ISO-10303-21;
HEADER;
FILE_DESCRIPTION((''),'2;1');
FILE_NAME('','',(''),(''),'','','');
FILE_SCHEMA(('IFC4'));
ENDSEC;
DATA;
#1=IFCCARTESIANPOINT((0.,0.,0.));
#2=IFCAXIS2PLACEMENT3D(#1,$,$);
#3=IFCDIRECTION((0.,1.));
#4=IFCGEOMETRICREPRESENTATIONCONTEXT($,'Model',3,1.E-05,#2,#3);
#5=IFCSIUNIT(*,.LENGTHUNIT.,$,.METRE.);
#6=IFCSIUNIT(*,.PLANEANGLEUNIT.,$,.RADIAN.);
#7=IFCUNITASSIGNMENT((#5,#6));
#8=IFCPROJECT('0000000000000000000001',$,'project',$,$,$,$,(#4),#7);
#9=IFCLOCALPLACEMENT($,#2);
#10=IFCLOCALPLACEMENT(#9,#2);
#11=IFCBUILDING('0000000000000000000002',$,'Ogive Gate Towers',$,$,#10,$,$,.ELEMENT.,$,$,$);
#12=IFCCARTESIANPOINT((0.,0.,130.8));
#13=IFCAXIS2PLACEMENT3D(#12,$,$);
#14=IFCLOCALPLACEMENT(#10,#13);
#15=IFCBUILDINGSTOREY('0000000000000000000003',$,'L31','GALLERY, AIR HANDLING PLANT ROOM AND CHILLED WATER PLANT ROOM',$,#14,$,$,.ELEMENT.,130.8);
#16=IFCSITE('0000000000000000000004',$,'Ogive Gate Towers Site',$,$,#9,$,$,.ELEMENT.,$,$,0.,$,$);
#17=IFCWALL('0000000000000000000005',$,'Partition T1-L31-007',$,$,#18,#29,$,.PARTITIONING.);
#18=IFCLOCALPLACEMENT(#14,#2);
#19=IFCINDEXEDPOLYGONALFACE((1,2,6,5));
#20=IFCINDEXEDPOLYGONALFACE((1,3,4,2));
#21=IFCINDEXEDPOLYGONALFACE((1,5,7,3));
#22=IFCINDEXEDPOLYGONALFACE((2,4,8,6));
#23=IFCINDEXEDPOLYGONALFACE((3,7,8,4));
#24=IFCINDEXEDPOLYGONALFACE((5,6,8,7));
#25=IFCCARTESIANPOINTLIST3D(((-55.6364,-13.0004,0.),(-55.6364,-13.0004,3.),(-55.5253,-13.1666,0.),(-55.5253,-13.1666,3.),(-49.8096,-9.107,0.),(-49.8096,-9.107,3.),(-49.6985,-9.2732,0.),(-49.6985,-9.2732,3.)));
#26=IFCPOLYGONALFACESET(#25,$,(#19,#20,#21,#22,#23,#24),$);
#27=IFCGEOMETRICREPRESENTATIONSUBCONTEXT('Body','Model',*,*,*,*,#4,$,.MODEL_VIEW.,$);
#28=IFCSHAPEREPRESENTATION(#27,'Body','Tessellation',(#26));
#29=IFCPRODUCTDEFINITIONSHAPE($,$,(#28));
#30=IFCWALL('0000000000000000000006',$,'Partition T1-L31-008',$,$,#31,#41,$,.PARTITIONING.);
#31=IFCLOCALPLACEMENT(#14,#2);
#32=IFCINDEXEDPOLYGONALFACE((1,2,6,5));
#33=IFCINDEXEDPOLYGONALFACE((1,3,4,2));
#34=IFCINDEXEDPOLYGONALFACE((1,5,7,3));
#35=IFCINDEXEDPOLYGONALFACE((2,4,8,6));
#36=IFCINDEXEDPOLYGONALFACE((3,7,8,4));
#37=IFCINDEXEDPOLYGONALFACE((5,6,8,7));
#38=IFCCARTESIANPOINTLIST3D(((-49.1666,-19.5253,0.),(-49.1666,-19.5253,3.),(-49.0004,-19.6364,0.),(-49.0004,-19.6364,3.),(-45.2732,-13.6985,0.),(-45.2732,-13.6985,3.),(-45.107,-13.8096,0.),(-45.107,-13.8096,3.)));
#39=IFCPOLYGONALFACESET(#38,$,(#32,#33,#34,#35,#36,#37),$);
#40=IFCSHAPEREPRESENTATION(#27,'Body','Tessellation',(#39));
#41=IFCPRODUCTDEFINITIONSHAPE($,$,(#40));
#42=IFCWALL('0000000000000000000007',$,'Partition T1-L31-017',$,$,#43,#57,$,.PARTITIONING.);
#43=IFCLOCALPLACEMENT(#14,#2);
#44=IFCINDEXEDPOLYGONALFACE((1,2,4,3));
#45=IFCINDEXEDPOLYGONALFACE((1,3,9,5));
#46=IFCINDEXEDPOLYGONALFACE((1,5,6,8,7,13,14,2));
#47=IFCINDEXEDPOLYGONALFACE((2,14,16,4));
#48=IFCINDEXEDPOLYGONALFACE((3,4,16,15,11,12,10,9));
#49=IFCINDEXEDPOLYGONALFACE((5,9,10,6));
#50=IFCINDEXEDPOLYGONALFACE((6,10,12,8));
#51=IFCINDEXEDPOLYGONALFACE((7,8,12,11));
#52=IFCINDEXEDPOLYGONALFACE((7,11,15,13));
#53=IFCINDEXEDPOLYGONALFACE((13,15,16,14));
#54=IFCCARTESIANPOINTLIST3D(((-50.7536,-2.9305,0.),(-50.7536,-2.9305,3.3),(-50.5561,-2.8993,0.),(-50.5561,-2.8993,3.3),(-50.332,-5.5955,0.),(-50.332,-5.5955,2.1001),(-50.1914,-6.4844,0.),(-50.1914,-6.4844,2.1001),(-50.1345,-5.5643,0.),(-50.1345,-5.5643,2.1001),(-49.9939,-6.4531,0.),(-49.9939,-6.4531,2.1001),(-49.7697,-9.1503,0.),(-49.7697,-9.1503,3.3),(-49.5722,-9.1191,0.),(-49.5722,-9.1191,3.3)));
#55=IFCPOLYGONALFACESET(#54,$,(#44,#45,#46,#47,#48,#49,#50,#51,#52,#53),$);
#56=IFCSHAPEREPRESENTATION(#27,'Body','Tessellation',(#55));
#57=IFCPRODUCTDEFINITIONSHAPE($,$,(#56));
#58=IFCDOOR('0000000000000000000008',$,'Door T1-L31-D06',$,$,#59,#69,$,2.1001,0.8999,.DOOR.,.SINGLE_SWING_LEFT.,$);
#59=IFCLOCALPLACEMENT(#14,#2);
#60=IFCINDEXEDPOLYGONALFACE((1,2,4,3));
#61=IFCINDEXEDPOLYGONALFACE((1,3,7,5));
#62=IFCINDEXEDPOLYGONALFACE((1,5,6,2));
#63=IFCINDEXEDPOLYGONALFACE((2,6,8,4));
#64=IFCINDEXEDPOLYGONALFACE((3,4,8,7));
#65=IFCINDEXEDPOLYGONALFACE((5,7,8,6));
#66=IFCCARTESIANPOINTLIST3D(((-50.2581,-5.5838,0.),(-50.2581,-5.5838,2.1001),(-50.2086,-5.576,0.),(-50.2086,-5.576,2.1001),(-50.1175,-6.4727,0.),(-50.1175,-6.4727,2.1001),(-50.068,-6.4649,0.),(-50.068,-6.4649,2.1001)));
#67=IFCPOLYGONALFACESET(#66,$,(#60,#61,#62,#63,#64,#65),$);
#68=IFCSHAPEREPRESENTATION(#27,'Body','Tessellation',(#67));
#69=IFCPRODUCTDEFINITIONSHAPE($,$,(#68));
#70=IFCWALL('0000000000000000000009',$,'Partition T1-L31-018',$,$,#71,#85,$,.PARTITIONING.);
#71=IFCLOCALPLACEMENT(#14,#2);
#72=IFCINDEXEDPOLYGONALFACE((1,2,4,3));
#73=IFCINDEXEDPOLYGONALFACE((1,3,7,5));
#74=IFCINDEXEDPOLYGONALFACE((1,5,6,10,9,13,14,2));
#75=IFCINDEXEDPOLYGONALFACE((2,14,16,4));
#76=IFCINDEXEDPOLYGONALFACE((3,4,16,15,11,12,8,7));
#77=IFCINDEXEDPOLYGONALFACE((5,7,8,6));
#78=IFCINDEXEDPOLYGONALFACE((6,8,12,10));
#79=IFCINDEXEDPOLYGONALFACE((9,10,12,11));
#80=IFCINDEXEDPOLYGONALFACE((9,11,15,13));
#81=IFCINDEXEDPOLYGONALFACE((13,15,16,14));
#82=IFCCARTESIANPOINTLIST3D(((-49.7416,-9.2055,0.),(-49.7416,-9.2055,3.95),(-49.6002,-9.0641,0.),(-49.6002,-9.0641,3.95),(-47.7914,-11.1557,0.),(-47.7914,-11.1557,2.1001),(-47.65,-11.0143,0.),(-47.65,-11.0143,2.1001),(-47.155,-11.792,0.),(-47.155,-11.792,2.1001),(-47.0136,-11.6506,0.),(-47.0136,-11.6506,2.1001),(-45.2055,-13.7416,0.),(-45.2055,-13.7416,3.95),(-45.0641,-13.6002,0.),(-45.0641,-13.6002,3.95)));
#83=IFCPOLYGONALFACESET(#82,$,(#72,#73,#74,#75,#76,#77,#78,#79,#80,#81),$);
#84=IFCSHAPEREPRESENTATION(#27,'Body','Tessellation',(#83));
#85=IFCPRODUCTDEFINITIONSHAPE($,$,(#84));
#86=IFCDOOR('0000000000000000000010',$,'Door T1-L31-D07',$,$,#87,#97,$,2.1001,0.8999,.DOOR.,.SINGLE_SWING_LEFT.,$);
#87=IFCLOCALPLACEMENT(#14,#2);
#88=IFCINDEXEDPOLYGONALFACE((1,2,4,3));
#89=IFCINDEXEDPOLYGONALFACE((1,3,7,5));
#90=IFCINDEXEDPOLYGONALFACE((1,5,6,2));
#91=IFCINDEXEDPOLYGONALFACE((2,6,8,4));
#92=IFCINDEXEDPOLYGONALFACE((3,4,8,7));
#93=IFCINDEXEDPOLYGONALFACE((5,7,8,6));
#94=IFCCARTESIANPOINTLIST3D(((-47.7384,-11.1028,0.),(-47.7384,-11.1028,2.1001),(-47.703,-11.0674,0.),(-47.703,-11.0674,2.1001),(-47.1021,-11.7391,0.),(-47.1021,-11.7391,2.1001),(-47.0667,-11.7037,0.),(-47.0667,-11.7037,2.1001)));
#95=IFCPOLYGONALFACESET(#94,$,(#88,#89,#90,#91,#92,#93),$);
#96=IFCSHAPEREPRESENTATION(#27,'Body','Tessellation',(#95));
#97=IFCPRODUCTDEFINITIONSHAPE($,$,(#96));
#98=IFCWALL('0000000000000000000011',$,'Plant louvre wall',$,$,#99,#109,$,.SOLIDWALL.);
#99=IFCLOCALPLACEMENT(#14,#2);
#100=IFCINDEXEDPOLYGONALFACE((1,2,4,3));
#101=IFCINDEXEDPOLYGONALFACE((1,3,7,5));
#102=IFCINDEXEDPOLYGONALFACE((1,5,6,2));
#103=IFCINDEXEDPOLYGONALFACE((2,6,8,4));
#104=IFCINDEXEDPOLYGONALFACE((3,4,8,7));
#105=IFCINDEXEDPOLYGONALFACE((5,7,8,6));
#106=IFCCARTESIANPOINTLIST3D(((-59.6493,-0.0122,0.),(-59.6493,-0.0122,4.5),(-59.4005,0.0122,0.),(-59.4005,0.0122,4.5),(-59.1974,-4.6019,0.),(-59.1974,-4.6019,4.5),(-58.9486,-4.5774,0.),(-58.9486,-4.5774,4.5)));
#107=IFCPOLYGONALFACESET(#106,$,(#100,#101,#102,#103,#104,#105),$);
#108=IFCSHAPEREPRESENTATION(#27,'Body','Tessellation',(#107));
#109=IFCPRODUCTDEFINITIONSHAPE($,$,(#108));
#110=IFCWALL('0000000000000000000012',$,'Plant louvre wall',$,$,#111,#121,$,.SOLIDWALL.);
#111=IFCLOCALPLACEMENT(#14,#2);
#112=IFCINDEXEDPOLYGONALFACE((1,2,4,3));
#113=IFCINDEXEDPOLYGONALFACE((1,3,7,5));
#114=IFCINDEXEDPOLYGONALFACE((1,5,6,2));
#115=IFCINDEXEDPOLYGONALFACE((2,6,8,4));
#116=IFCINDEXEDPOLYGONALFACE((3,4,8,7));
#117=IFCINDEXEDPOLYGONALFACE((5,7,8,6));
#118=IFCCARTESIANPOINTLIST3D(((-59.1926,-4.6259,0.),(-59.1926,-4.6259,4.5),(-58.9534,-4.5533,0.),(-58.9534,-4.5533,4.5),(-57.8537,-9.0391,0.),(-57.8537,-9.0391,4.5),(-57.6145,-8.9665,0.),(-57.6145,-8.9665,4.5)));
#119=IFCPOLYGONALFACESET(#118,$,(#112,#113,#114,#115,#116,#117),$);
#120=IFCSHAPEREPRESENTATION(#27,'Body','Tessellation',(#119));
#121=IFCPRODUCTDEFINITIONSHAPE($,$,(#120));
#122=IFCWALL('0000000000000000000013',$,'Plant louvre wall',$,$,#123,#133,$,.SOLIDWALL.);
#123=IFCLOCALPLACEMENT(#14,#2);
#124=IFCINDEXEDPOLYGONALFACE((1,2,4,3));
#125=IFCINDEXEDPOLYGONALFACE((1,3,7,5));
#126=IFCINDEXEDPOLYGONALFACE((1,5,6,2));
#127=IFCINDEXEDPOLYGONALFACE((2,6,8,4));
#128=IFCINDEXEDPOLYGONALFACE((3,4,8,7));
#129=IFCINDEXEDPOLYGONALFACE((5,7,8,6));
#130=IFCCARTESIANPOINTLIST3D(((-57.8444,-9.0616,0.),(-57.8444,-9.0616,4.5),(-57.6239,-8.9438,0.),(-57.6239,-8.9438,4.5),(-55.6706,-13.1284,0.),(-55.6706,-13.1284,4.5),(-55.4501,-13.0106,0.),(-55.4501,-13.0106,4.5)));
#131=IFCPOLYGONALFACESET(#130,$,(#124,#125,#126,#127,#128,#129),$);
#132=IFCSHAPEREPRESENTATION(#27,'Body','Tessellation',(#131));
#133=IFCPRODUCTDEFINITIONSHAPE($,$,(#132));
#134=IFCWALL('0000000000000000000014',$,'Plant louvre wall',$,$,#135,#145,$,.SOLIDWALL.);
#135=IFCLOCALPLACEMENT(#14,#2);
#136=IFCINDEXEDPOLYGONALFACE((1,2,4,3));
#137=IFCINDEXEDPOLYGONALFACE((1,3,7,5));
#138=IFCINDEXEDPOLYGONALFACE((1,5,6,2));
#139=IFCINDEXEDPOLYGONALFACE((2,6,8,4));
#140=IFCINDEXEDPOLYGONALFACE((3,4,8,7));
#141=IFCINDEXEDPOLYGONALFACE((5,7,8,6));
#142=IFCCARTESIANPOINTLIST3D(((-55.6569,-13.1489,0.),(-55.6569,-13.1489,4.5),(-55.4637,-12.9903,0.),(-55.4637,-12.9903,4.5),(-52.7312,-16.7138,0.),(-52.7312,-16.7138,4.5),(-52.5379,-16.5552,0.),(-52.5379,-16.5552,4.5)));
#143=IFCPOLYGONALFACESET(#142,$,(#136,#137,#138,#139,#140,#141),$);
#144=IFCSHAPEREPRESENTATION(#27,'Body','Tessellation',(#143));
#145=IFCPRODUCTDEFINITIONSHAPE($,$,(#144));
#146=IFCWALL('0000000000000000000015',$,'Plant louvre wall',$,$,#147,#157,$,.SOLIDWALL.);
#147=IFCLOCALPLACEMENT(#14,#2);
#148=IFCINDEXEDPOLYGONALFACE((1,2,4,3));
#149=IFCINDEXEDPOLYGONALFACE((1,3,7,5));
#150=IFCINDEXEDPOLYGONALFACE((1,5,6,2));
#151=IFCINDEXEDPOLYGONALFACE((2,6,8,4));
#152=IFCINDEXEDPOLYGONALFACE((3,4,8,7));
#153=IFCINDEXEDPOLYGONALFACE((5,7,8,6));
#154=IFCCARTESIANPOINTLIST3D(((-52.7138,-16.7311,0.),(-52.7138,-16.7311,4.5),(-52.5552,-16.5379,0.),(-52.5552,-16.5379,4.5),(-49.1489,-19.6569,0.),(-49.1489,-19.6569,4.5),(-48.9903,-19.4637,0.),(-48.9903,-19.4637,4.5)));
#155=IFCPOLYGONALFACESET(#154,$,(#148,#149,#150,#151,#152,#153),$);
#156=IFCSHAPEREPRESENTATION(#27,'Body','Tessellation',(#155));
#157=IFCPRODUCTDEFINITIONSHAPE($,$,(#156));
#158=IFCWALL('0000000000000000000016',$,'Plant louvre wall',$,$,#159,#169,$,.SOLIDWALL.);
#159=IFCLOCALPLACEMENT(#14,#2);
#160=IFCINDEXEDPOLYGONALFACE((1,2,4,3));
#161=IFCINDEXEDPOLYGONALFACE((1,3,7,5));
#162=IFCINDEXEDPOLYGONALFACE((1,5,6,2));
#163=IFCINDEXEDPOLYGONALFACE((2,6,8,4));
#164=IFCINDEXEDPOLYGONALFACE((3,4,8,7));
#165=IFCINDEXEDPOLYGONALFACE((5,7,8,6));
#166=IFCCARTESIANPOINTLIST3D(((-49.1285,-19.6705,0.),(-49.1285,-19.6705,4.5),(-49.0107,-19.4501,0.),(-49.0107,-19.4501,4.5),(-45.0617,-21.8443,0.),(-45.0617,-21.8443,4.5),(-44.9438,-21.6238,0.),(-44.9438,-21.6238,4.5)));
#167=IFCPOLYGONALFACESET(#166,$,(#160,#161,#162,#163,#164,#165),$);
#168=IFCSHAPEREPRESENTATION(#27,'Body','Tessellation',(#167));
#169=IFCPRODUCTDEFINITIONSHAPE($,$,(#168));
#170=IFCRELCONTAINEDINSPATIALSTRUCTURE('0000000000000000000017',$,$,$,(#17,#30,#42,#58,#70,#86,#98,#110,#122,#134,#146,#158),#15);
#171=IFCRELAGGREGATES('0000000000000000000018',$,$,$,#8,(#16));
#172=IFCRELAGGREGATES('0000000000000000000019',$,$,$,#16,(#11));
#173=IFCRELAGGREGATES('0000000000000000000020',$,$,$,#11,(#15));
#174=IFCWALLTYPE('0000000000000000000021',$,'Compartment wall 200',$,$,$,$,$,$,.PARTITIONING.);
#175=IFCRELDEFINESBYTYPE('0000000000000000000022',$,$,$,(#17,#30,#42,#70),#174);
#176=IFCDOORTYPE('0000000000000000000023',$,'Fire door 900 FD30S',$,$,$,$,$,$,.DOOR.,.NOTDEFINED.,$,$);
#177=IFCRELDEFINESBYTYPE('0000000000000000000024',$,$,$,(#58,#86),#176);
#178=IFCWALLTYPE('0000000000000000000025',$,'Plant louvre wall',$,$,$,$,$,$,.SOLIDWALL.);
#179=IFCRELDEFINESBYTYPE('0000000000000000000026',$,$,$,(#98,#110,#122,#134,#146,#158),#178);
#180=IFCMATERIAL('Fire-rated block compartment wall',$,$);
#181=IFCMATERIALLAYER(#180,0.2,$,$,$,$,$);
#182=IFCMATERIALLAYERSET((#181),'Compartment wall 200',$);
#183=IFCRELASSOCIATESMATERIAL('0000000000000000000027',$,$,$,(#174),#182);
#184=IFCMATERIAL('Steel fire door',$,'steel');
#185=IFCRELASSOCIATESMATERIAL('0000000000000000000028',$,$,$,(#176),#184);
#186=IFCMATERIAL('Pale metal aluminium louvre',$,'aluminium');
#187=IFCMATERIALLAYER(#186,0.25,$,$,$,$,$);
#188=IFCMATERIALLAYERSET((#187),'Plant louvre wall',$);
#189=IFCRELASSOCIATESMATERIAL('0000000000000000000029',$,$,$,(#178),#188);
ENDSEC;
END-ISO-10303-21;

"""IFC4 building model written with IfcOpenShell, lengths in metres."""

from ifc_helpers import new_model, si_unit, direction, frame, frame_2d, origin, place, context, subcontext, project, spatial, rectangle, extrude, material, layer, layer_set, type_object, element, fill, save


model = new_model("IFC4")

# Units and contexts
model_context = context("Model", 3, precision=1e-05, world=origin(), true_north=direction((0.0, 1.0)))
body_context = subcontext(model_context, "Body", "Model", "MODEL_VIEW")
ifc_project = project(units=[si_unit("LENGTHUNIT", "METRE"), si_unit("PLANEANGLEUNIT", "RADIAN")], contexts=[model_context])

# Site, building, storey
site_placement = place(None, origin())
site = spatial("IfcSite", under=ifc_project, at=site_placement, Name="Ogive Gate Towers Site", CompositionType="ELEMENT", RefElevation=0.0)
building_placement = place(site_placement, origin())
building = spatial("IfcBuilding", under=site, at=building_placement, Name="Ogive Gate Towers", CompositionType="ELEMENT")
storey_placement = place(building_placement, frame((0.0, 0.0, 130.8)))
storey = spatial("IfcBuildingStorey", under=building, at=storey_placement, Name="L31", Description="GALLERY, AIR HANDLING PLANT ROOM AND CHILLED WATER PLANT ROOM", CompositionType="ELEMENT", Elevation=130.8)

# Walls
ifc_material_1 = material(Name="Fire-rated block compartment wall")
ifc_layer_1 = layer(ifc_material_1, 0.2)
ifc_layer_set_1 = layer_set([ifc_layer_1], Name="Compartment wall 200")
wall_type_1 = type_object("IfcWallType", Name="Compartment wall 200", PredefinedType="PARTITIONING", material=ifc_layer_set_1)
for number, where, z_axis, x_axis, name in (
    (1, (-55.5808, -13.0835, 0.0), (0.0, 0.0, 1.0), (0.831466, 0.555576, 0.0), "Partition T1-L31-007"),
    (2, (-49.0835, -19.5808, 0.0), (0.0, 0.0, 1.0), (0.555576, 0.831466, 0.0), "Partition T1-L31-008"),
):
    element("IfcWall", number, at=place(storey_placement, frame(where, z_axis=z_axis, x_axis=x_axis)), inside=storey, type_object=wall_type_1, Name=name, PredefinedType="PARTITIONING", context=body_context, shape_type="SweptSolid", body=[
        extrude(rectangle(XDim=7.0078, YDim=0.2, at=frame_2d((3.5039, 0.0))), origin(), (0.0, 0.0, 1.0), 3.0),
    ])

# Walls, openings, doors
wall_1_placement = place(storey_placement, frame((-50.6548, -2.915, 0.0), z_axis=(0.0, 0.0, 1.0), x_axis=(0.156245, -0.987718, 0.0)))
wall_1 = element("IfcWall", 3, at=wall_1_placement, inside=storey, type_object=wall_type_1, Name="Partition T1-L31-017", PredefinedType="PARTITIONING", context=body_context, shape_type="SweptSolid", body=[
    extrude(rectangle(XDim=6.2971, YDim=0.2, at=frame_2d((3.1484, 0.0))), origin(), (0.0, 0.0, 1.0), 3.3),
])
opening_1_placement = place(wall_1_placement, frame((2.698, 0.0, 0.0)))
opening_1 = element("IfcOpeningElement", 4, at=opening_1_placement, cuts=wall_1, PredefinedType="OPENING", context=body_context, shape_type="SweptSolid", body=[
    extrude(rectangle(XDim=0.8999, YDim=2.1001, at=frame_2d((0.45, 1.05))), frame((0.0, 0.1099, 0.0), z_axis=(0.0, -1.0, 0.0), x_axis=(1.0, 0.0, 0.0)), (0.0, 0.0, 1.0), 0.22),
])
ifc_material_2 = material(Name="Steel fire door", Category="steel")
door_type = type_object("IfcDoorType", Name="Fire door 900 FD30S", OperationType="NOTDEFINED", PredefinedType="DOOR", material=ifc_material_2)
door_1_placement = place(opening_1_placement, origin())
door_1 = element("IfcDoor", 5, at=door_1_placement, inside=storey, type_object=door_type, Name="Door T1-L31-D06", OperationType="SINGLE_SWING_LEFT", OverallHeight=2.1001, OverallWidth=0.8999, PredefinedType="DOOR", context=body_context, shape_type="SweptSolid", body=[
    extrude(rectangle(XDim=0.8999, YDim=2.1001, at=frame_2d((0.45, 1.05))), frame((0.0, 0.0249, 0.0), z_axis=(0.0, -1.0, 0.0), x_axis=(1.0, 0.0, 0.0)), (0.0, 0.0, 1.0), 0.05),
])
fill(opening_1, door_1)
wall_2_placement = place(storey_placement, frame((-49.6709, -9.1348, 0.0), z_axis=(0.0, 0.0, 1.0), x_axis=(0.707107, -0.707107, 0.0)))
wall_2 = element("IfcWall", 6, at=wall_2_placement, inside=storey, type_object=wall_type_1, Name="Partition T1-L31-018", PredefinedType="PARTITIONING", context=body_context, shape_type="SweptSolid", body=[
    extrude(rectangle(XDim=6.415, YDim=0.2, at=frame_2d((3.2075, 0.0))), origin(), (0.0, 0.0, 1.0), 3.95),
])
opening_2_placement = place(wall_2_placement, frame((2.7581, 0.0, 0.0)))
opening_2 = element("IfcOpeningElement", 7, at=opening_2_placement, cuts=wall_2, PredefinedType="OPENING", context=body_context, shape_type="SweptSolid", body=[
    extrude(rectangle(XDim=0.8999, YDim=2.1001, at=frame_2d((0.45, 1.05))), frame((0.0, 0.1099, 0.0), z_axis=(0.0, -1.0, 0.0), x_axis=(1.0, 0.0, 0.0)), (0.0, 0.0, 1.0), 0.22),
])
door_2_placement = place(opening_2_placement, origin())
door_2 = element("IfcDoor", 8, at=door_2_placement, inside=storey, type_object=door_type, Name="Door T1-L31-D07", OperationType="SINGLE_SWING_LEFT", OverallHeight=2.1001, OverallWidth=0.8999, PredefinedType="DOOR", context=body_context, shape_type="SweptSolid", body=[
    extrude(rectangle(XDim=0.8999, YDim=2.1001, at=frame_2d((0.45, 1.05))), frame((0.0, 0.0249, 0.0), z_axis=(0.0, -1.0, 0.0), x_axis=(1.0, 0.0, 0.0)), (0.0, 0.0, 1.0), 0.05),
])
fill(opening_2, door_2)

# Walls
ifc_material_3 = material(Name="Pale metal aluminium louvre", Category="aluminium")
ifc_layer_2 = layer(ifc_material_3, 0.25)
ifc_layer_set_2 = layer_set([ifc_layer_2], Name="Plant louvre wall")
wall_type_2 = type_object("IfcWallType", Name="Plant louvre wall", PredefinedType="SOLIDWALL", material=ifc_layer_set_2)
for number, where, z_axis, x_axis, name in (
    (9, (-59.5249, 0.0, 0.0), (0.0, 0.0, 1.0), (0.097989, -0.995188, 0.0), "Plant louvre wall"),
    (10, (-59.073, -4.5896, 0.0), (0.0, 0.0, 1.0), (0.290319, -0.95693, 0.0), "Plant louvre wall"),
):
    element("IfcWall", number, at=place(storey_placement, frame(where, z_axis=z_axis, x_axis=x_axis)), inside=storey, type_object=wall_type_2, Name=name, PredefinedType="SOLIDWALL", context=body_context, shape_type="SweptSolid", body=[
        extrude(rectangle(XDim=4.6118, YDim=0.25, at=frame_2d((2.3059, 0.0))), origin(), (0.0, 0.0, 1.0), 4.5),
    ])
wall_3_placement = place(storey_placement, frame((-57.7341, -9.0027, 0.0), z_axis=(0.0, 0.0, 1.0), x_axis=(0.471401, -0.881919, 0.0)))
element("IfcWall", 11, at=wall_3_placement, inside=storey, type_object=wall_type_2, Name="Plant louvre wall", PredefinedType="SOLIDWALL", context=body_context, shape_type="SweptSolid", body=[
    extrude(rectangle(XDim=4.6113, YDim=0.25, at=frame_2d((2.3057, 0.0))), origin(), (0.0, 0.0, 1.0), 4.5),
])
for number, where, z_axis, x_axis, name in (
    (12, (-55.5603, -13.0696, 0.0), (0.0, 0.0, 1.0), (0.634407, -0.772999, 0.0), "Plant louvre wall"),
    (13, (-52.6345, -16.6345, 0.0), (0.0, 0.0, 1.0), (0.772999, -0.634407, 0.0), "Plant louvre wall"),
):
    element("IfcWall", number, at=place(storey_placement, frame(where, z_axis=z_axis, x_axis=x_axis)), inside=storey, type_object=wall_type_2, Name=name, PredefinedType="SOLIDWALL", context=body_context, shape_type="SweptSolid", body=[
        extrude(rectangle(XDim=4.6118, YDim=0.25, at=frame_2d((2.3059, 0.0))), origin(), (0.0, 0.0, 1.0), 4.5),
    ])
wall_4_placement = place(storey_placement, frame((-49.0696, -19.5603, 0.0), z_axis=(0.0, 0.0, 1.0), x_axis=(0.881919, -0.471401, 0.0)))
element("IfcWall", 14, at=wall_4_placement, inside=storey, type_object=wall_type_2, Name="Plant louvre wall", PredefinedType="SOLIDWALL", context=body_context, shape_type="SweptSolid", body=[
    extrude(rectangle(XDim=4.6113, YDim=0.25, at=frame_2d((2.3057, 0.0))), origin(), (0.0, 0.0, 1.0), 4.5),
])

save(model, "model.ifc")
